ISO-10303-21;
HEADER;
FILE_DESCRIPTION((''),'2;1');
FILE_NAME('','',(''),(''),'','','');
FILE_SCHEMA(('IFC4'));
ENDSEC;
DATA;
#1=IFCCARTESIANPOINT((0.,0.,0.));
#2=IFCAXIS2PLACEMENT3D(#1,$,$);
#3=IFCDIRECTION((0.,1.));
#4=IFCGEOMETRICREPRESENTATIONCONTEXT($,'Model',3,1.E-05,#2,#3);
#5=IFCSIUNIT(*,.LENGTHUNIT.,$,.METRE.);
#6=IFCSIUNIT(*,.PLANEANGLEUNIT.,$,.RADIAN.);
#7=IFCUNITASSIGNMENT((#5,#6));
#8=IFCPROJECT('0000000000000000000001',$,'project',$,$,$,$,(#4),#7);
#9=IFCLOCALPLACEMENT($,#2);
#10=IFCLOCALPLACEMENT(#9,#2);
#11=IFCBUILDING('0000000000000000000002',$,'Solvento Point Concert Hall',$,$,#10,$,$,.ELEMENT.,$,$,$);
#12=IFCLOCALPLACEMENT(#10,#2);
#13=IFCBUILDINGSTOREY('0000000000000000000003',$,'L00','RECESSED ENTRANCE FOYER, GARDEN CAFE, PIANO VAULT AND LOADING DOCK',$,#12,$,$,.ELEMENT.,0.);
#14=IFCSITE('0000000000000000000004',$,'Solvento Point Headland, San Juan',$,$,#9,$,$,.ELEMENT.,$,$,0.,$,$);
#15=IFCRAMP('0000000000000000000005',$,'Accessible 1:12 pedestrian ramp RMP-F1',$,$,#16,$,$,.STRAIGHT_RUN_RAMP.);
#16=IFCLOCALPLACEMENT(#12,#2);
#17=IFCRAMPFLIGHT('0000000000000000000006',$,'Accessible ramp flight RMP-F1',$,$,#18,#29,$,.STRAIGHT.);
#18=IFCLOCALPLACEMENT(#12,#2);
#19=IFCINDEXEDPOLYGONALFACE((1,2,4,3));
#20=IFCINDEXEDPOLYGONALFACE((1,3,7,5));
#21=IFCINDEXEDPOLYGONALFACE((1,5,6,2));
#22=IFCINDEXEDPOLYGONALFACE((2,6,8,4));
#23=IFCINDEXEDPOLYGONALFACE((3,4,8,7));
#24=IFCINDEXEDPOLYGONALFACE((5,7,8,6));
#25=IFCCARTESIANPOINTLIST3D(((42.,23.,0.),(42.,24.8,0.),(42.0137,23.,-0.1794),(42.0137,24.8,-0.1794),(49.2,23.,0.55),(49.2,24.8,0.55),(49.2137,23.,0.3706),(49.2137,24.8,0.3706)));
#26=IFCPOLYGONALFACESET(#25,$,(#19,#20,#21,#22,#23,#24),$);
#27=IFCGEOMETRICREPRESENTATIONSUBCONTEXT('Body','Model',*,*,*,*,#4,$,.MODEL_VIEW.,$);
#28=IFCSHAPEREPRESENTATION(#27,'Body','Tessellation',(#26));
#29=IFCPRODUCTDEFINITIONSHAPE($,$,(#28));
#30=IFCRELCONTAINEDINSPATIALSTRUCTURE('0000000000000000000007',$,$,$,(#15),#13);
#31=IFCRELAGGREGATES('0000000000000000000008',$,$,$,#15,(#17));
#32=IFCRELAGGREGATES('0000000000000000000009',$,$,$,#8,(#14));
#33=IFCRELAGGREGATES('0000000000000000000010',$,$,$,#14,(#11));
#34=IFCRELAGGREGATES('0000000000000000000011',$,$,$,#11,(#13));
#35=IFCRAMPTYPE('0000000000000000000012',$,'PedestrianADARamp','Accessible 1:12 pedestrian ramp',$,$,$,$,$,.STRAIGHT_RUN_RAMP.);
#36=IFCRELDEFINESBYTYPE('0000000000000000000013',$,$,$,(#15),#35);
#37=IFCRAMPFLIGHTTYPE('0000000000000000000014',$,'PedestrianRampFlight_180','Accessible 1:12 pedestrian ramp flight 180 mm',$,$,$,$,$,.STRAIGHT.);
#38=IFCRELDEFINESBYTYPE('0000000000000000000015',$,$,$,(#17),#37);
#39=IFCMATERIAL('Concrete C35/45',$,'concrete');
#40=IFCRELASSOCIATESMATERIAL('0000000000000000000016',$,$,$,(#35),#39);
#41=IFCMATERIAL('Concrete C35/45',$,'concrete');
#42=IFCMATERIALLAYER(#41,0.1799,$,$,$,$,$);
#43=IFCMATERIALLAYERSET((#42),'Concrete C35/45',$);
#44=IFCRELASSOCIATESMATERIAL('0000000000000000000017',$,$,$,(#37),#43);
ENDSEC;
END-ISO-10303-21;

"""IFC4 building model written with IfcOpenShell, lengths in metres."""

from ifc_helpers import new_model, si_unit, direction, frame, origin, place, context, subcontext, project, spatial, polyline, outline, extrude, material, layer, layer_set, type_object, element, aggregate, save


model = new_model("IFC4")

# Units and contexts
model_context = context("Model", 3, precision=1e-05, world=origin(), true_north=direction((0.0, 1.0)))
body_context = subcontext(model_context, "Body", "Model", "MODEL_VIEW")
ifc_project = project(units=[si_unit("LENGTHUNIT", "METRE"), si_unit("PLANEANGLEUNIT", "RADIAN")], contexts=[model_context])

# Site, building, storey
site_placement = place(None, origin())
site = spatial("IfcSite", under=ifc_project, at=site_placement, Name="Solvento Point Headland, San Juan", CompositionType="ELEMENT", RefElevation=0.0)
building_placement = place(site_placement, origin())
building = spatial("IfcBuilding", under=site, at=building_placement, Name="Solvento Point Concert Hall", CompositionType="ELEMENT")
storey_placement = place(building_placement, origin())
storey = spatial("IfcBuildingStorey", under=building, at=storey_placement, Name="L00", Description="RECESSED ENTRANCE FOYER, GARDEN CAFE, PIANO VAULT AND LOADING DOCK", CompositionType="ELEMENT", Elevation=0.0)

# Ramp, ramp flight
ifc_material_1 = material(Name="Concrete C35/45", Category="concrete")
ramp_type = type_object("IfcRampType", Name="PedestrianADARamp", Description="Accessible 1:12 pedestrian ramp", PredefinedType="STRAIGHT_RUN_RAMP", material=ifc_material_1)
ramp_placement = place(storey_placement, origin())
ramp = element("IfcRamp", 1, at=ramp_placement, inside=storey, type_object=ramp_type, Name="Accessible 1:12 pedestrian ramp RMP-F1", PredefinedType="STRAIGHT_RUN_RAMP")
ifc_material_2 = material(Name="Concrete C35/45", Category="concrete")
ifc_layer_1 = layer(ifc_material_2, 0.1799)
ifc_layer_set_1 = layer_set([ifc_layer_1], Name="Concrete C35/45")
ramp_flight_type = type_object("IfcRampFlightType", Name="PedestrianRampFlight_180", Description="Accessible 1:12 pedestrian ramp flight 180 mm", PredefinedType="STRAIGHT", material=ifc_layer_set_1)
ramp_flight_placement = place(storey_placement, frame((42.0, 23.0, 0.0), z_axis=(-0.076174, 0.0, 0.997095), x_axis=(0.997095, 0.0, 0.076174)))
ramp_flight = element("IfcRampFlight", 2, at=ramp_flight_placement, type_object=ramp_flight_type, Name="Accessible ramp flight RMP-F1", PredefinedType="STRAIGHT", context=body_context, shape_type="SweptSolid", body=[
    extrude(outline(polyline([(0.0, 0.0), (7.2209, 0.0), (7.2209, 1.8), (0.0, 1.8), (0.0, 0.0)])), origin(), (0.0, 0.0, -1.0), 0.1799),
])
aggregate(ramp, [ramp_flight])

save(model, "model.ifc")
